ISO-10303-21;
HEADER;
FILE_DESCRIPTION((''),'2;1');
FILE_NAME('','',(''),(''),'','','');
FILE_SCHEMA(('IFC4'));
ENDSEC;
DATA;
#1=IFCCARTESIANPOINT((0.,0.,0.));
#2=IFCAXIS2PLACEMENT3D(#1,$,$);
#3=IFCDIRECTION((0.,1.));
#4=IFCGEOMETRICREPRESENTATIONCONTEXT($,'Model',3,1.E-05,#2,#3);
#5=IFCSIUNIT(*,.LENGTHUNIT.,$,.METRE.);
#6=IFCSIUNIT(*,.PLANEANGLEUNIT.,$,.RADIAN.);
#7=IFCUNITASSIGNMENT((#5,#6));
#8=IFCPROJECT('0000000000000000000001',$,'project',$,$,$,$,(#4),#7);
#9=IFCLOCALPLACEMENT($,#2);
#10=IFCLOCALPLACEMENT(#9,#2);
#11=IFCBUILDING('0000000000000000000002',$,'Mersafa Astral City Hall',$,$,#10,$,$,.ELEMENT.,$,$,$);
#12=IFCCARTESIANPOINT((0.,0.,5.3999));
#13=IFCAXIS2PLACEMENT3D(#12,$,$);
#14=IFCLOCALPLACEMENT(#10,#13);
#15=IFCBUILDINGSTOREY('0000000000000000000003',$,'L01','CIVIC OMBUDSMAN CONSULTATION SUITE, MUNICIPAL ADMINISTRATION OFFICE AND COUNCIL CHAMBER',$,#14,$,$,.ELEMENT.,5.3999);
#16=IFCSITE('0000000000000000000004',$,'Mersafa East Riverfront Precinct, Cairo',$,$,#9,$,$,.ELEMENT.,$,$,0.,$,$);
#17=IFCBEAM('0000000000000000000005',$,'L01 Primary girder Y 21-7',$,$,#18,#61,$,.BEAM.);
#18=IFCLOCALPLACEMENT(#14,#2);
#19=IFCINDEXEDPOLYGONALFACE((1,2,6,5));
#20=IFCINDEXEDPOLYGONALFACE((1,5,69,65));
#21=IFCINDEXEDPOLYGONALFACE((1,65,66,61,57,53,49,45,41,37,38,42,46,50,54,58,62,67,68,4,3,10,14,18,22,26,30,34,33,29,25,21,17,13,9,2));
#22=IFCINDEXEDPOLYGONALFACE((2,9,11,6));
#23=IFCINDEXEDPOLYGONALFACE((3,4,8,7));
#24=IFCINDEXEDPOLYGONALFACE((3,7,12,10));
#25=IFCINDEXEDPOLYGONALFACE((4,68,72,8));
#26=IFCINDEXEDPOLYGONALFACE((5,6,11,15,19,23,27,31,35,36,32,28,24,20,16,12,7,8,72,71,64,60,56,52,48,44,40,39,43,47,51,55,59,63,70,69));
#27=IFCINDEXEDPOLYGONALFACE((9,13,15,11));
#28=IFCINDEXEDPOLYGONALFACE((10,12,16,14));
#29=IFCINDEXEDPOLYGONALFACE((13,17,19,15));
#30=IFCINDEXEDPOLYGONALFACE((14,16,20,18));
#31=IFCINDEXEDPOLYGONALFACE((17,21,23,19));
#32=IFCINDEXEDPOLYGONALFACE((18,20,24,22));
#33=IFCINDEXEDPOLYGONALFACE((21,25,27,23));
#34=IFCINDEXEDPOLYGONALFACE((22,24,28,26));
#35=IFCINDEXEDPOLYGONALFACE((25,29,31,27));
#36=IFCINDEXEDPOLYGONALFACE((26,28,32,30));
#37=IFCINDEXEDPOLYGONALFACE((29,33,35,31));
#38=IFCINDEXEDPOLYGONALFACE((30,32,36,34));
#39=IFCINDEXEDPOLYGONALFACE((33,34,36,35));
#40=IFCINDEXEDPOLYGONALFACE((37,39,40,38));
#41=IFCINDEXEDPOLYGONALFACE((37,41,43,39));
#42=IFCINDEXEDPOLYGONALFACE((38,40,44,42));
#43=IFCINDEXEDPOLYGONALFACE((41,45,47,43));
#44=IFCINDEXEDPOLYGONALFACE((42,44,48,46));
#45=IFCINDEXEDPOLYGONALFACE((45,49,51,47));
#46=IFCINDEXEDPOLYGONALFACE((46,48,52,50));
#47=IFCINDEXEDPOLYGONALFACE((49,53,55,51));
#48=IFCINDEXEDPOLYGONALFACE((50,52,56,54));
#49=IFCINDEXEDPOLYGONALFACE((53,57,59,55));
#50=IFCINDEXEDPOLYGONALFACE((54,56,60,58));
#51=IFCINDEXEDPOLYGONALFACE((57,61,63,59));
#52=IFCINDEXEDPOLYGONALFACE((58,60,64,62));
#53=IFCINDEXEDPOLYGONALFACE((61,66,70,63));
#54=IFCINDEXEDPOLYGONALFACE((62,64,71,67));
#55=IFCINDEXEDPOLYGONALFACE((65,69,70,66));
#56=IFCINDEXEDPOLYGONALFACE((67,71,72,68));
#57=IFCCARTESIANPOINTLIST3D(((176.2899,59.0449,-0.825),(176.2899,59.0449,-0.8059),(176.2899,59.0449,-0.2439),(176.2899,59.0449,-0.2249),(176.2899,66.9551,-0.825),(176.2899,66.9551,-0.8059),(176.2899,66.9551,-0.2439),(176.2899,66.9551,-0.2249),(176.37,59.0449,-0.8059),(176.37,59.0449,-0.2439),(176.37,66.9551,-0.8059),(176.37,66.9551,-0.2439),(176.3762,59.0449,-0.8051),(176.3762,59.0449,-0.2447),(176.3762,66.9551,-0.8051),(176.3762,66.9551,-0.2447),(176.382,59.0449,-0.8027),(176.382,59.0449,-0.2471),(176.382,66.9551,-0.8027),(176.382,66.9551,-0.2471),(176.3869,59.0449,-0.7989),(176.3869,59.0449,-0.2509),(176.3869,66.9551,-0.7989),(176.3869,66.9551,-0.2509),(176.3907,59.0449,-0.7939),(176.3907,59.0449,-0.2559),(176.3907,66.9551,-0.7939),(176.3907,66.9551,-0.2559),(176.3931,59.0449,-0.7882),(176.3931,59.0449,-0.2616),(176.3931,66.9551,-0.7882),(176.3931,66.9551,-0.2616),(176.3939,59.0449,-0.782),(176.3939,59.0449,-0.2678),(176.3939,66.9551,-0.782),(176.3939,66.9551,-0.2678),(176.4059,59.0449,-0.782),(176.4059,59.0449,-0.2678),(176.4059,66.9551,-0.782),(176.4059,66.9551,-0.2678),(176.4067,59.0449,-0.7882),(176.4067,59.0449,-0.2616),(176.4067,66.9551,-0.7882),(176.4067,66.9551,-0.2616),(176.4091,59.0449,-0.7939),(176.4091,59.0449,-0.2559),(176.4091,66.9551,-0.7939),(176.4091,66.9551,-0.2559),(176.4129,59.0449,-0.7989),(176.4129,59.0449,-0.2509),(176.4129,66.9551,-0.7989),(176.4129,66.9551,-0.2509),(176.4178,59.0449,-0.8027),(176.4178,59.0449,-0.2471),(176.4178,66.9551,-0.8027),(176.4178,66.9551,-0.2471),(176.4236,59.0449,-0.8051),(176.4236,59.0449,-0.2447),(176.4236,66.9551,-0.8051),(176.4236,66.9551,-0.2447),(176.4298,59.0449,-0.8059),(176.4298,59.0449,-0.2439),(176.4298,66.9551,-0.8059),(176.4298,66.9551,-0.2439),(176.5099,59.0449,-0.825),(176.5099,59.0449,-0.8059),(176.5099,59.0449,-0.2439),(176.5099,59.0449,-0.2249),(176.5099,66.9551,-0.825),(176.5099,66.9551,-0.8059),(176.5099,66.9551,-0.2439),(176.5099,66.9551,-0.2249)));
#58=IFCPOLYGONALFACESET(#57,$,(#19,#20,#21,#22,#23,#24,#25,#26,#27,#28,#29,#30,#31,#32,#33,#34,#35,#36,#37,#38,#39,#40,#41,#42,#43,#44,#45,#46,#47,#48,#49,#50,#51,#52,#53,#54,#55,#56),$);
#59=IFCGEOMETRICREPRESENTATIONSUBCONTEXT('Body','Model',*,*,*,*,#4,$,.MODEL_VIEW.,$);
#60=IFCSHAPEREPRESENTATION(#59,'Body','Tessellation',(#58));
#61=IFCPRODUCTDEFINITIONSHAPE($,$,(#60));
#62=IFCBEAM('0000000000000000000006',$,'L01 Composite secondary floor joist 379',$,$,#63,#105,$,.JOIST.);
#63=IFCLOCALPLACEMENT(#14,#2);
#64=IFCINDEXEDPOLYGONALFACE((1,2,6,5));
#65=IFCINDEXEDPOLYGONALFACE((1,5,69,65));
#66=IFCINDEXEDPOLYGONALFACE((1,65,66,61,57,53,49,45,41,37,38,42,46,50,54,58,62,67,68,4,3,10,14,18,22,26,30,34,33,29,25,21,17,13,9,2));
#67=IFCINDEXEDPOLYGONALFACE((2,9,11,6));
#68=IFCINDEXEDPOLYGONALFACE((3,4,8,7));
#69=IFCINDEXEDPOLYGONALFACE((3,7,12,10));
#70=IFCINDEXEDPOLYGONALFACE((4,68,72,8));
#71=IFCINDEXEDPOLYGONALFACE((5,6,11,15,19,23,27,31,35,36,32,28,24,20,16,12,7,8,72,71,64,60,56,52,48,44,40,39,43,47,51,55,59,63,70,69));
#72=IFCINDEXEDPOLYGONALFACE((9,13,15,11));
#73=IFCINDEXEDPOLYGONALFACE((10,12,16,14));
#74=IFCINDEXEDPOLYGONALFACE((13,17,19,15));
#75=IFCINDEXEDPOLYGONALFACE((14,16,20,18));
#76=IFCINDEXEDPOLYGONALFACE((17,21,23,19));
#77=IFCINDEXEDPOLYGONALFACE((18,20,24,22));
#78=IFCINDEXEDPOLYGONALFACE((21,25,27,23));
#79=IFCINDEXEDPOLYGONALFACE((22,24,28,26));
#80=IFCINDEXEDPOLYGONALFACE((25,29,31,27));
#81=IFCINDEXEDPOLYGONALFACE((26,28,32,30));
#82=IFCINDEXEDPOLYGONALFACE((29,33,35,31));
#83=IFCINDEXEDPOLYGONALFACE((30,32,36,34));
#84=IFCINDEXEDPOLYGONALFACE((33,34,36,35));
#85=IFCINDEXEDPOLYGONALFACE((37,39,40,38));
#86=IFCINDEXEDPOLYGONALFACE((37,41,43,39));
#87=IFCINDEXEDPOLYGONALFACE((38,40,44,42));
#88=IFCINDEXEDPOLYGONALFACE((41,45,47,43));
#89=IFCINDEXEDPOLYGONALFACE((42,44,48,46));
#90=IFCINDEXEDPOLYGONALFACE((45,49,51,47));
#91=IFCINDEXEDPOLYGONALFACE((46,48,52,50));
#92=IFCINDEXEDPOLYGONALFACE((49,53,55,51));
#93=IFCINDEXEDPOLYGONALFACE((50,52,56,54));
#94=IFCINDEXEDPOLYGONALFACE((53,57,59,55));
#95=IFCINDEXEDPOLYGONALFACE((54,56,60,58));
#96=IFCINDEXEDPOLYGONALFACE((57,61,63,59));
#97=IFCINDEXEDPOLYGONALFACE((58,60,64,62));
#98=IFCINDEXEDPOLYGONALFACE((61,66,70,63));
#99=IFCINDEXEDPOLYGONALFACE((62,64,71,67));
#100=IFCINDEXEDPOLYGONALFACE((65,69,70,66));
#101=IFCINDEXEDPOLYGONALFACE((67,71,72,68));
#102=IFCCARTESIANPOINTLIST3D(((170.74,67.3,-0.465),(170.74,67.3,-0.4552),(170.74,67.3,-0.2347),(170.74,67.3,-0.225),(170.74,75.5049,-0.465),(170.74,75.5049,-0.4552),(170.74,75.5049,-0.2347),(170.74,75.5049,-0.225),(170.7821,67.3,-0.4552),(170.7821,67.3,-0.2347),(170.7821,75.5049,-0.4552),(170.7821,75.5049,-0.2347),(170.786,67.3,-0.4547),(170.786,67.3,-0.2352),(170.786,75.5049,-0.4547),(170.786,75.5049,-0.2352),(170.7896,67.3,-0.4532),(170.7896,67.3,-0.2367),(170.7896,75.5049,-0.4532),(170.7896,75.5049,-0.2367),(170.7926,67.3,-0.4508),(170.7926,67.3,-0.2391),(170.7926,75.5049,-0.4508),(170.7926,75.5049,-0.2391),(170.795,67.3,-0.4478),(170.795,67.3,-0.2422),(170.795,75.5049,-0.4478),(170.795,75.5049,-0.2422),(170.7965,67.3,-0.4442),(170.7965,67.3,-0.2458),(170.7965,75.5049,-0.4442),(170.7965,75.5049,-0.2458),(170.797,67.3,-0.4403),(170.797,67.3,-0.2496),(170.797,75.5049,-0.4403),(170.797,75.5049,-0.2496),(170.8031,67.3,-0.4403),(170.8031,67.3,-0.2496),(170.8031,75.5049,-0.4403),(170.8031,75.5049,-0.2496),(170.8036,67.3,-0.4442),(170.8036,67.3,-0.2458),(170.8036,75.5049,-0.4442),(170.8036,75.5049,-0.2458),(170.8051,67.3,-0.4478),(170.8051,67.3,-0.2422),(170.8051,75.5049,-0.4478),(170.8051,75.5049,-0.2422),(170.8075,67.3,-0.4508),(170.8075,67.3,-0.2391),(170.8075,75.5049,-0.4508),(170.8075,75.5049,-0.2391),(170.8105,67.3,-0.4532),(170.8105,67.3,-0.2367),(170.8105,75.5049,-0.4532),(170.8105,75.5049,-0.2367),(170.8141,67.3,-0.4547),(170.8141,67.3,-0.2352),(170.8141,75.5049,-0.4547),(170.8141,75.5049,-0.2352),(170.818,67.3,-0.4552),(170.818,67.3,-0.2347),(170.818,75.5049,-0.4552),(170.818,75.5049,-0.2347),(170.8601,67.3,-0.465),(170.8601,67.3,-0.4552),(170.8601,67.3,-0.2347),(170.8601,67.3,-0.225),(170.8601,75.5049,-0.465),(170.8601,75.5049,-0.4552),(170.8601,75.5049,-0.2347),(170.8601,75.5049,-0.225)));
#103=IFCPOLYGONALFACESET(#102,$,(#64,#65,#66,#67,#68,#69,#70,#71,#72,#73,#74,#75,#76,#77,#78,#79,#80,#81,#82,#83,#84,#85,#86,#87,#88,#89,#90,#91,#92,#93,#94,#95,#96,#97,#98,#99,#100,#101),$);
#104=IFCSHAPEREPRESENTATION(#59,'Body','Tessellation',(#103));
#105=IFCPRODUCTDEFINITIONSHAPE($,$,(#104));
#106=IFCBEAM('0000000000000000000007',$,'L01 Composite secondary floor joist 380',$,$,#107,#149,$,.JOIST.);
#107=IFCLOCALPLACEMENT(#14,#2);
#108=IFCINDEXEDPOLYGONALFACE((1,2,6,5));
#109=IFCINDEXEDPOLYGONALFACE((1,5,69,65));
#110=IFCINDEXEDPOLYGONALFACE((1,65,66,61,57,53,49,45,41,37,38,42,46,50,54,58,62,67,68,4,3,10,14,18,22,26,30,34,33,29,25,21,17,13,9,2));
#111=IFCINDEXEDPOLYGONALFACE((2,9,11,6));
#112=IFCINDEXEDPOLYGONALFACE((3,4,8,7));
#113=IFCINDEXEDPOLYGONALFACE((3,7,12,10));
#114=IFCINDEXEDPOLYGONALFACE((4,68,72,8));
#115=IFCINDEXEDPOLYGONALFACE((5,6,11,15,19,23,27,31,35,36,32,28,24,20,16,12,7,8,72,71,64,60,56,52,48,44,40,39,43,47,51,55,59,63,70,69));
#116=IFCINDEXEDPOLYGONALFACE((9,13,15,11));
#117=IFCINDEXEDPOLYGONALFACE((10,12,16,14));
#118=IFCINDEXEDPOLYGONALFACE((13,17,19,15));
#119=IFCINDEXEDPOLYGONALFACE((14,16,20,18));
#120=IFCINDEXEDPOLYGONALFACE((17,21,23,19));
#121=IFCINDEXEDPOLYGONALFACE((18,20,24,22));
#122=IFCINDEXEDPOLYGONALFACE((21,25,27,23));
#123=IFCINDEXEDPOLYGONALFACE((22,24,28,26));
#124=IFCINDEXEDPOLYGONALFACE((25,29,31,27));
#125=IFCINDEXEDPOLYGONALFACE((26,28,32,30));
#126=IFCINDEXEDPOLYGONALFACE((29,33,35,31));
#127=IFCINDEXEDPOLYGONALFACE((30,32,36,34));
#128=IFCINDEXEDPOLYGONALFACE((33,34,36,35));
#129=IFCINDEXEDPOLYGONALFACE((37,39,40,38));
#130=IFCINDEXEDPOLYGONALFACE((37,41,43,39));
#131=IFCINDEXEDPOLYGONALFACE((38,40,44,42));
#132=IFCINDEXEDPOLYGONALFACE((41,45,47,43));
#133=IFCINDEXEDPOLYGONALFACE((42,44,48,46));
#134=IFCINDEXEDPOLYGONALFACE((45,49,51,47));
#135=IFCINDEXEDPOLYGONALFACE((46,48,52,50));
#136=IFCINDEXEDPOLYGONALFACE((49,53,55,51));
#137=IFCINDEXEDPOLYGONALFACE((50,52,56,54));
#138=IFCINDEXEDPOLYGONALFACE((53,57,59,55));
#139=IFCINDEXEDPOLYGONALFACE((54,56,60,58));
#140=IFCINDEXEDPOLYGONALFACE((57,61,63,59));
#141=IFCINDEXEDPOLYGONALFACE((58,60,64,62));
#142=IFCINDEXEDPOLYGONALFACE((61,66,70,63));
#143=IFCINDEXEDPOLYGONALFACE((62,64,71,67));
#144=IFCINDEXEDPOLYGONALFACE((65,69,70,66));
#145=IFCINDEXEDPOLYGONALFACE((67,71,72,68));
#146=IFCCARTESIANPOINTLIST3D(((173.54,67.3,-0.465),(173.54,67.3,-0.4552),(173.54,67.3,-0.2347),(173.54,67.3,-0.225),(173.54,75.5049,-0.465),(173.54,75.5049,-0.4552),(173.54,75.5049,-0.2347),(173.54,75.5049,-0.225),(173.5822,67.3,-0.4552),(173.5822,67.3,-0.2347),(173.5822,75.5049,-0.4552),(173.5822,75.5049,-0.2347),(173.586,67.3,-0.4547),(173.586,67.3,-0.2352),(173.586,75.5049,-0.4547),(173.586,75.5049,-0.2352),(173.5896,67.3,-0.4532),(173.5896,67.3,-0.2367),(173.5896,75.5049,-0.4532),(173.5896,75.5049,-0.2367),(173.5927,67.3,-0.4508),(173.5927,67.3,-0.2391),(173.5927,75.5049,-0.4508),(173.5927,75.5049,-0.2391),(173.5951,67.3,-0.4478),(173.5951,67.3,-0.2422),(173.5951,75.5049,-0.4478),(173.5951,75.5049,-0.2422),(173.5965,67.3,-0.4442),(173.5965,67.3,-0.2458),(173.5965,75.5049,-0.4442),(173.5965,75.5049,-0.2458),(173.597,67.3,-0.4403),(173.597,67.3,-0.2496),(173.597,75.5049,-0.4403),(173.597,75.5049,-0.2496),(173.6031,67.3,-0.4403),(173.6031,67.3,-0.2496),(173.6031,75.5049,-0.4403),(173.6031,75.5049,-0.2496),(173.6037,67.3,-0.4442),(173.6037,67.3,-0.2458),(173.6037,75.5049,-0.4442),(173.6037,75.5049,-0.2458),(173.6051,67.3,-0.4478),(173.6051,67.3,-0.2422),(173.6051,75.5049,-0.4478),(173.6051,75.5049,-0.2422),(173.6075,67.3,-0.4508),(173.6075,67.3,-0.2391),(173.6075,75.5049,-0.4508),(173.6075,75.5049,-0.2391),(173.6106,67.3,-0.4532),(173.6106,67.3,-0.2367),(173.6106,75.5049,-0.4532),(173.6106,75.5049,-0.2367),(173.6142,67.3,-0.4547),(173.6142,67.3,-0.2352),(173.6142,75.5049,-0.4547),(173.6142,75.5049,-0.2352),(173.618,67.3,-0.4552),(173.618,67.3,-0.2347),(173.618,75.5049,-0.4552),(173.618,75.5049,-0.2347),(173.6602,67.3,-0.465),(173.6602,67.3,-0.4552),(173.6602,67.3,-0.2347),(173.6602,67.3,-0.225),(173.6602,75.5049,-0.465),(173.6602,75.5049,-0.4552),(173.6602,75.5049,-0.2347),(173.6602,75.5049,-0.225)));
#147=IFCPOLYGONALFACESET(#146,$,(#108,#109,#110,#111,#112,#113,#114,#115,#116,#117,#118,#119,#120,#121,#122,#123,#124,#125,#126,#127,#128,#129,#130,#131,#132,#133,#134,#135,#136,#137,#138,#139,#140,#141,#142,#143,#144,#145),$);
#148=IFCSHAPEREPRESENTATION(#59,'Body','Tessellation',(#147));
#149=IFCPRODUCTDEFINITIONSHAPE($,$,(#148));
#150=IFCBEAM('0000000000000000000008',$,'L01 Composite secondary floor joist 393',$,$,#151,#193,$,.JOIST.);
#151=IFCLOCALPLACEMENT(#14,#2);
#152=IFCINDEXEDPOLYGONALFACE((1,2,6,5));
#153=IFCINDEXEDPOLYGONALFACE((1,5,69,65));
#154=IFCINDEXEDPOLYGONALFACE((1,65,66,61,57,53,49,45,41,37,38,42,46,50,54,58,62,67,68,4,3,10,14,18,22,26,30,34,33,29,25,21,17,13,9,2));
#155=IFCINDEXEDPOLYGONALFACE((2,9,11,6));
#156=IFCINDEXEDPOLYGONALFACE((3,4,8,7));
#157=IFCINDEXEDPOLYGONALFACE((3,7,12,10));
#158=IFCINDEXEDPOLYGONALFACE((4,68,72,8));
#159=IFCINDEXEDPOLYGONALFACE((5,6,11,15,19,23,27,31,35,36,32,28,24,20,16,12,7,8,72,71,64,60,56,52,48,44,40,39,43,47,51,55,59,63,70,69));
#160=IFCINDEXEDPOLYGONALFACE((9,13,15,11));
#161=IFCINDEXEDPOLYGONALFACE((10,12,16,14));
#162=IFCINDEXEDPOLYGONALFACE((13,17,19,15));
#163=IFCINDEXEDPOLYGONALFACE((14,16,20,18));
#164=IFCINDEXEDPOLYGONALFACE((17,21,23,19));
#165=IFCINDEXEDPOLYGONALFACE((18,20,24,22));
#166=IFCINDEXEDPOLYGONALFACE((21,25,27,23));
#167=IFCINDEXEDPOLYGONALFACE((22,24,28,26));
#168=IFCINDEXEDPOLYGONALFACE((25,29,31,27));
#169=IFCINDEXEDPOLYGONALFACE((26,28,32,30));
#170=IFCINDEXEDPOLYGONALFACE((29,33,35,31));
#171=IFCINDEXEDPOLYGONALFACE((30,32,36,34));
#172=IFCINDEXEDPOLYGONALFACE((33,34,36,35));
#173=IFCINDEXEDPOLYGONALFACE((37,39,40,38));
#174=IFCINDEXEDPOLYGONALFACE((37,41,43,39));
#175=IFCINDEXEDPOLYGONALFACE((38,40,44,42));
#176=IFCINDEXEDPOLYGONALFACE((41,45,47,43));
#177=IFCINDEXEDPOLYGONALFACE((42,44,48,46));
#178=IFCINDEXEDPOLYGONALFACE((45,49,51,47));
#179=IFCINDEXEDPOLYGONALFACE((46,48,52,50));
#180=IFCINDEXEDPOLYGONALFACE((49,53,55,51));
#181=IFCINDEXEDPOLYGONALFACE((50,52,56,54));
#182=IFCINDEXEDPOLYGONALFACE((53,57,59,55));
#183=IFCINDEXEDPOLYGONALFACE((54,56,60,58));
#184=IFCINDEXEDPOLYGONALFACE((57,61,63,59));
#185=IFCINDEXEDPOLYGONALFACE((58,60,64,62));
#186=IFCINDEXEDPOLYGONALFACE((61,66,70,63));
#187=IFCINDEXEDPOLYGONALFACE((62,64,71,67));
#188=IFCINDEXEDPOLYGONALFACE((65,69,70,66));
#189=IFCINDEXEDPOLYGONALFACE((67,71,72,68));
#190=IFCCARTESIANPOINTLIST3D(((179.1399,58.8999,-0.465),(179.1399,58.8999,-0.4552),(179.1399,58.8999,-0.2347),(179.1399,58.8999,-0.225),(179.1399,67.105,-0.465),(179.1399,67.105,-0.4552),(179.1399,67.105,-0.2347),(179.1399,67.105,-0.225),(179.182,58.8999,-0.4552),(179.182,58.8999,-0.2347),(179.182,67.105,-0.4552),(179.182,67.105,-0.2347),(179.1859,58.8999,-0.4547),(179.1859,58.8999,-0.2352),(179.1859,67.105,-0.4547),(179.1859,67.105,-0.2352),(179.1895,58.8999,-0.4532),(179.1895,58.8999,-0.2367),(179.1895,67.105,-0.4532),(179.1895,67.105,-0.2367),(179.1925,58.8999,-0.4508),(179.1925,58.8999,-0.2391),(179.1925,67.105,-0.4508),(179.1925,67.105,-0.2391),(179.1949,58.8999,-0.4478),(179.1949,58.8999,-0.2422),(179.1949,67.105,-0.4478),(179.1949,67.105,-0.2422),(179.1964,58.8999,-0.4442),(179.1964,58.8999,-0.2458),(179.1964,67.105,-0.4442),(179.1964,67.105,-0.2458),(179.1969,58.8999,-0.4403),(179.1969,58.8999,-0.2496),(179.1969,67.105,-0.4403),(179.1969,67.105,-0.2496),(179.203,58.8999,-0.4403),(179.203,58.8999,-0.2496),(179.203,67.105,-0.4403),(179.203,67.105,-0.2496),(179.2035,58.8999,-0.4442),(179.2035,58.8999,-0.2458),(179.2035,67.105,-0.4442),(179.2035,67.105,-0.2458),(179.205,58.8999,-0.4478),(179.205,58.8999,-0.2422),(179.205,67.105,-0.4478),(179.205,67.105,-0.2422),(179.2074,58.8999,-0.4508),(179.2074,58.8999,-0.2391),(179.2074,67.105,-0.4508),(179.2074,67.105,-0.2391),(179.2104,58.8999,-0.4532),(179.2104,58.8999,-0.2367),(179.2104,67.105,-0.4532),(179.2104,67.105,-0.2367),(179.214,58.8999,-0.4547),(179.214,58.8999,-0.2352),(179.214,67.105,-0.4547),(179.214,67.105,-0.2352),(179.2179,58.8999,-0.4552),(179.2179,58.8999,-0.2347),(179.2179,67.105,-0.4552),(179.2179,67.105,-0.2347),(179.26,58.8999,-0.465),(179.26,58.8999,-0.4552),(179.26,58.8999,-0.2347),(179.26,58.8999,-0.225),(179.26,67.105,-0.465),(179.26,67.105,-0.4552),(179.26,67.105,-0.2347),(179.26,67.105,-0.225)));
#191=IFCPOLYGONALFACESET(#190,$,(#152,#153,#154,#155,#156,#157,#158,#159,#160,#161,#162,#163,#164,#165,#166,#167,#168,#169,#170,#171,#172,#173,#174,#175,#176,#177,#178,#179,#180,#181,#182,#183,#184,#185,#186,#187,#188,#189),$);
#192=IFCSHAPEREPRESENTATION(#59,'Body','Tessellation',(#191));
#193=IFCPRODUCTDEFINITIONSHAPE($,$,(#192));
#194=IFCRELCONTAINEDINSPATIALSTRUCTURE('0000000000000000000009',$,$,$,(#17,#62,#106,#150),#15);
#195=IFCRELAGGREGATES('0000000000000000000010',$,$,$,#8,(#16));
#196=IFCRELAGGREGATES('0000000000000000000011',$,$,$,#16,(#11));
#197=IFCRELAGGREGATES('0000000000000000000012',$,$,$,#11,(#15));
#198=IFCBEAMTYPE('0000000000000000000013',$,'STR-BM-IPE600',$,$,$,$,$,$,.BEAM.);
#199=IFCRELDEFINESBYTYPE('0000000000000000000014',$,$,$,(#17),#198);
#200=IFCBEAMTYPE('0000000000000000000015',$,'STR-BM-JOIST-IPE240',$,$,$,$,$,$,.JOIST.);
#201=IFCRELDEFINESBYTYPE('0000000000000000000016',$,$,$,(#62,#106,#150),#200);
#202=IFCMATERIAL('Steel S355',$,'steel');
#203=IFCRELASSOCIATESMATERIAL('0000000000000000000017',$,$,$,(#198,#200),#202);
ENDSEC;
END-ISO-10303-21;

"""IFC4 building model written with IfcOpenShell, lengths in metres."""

from ifc_helpers import new_model, si_unit, direction, frame, origin, origin_2d, place, context, subcontext, project, spatial, i_section, extrude, material, material_profile, profile_set, type_object, element, save


model = new_model("IFC4")

# Units and contexts
model_context = context("Model", 3, precision=1e-05, world=origin(), true_north=direction((0.0, 1.0)))
body_context = subcontext(model_context, "Body", "Model", "MODEL_VIEW")
ifc_project = project(units=[si_unit("LENGTHUNIT", "METRE"), si_unit("PLANEANGLEUNIT", "RADIAN")], contexts=[model_context])

# Site, building, storey
site_placement = place(None, origin())
site = spatial("IfcSite", under=ifc_project, at=site_placement, Name="Mersafa East Riverfront Precinct, Cairo", CompositionType="ELEMENT", RefElevation=0.0)
building_placement = place(site_placement, origin())
building = spatial("IfcBuilding", under=site, at=building_placement, Name="Mersafa Astral City Hall", CompositionType="ELEMENT")
storey_placement = place(building_placement, frame((0.0, 0.0, 5.3999)))
storey = spatial("IfcBuildingStorey", under=building, at=storey_placement, Name="L01", Description="CIVIC OMBUDSMAN CONSULTATION SUITE, MUNICIPAL ADMINISTRATION OFFICE AND COUNCIL CHAMBER", CompositionType="ELEMENT", Elevation=5.3999)

# Shared definitions
ifc_material_1 = material(Name="Steel S355", Category="steel")

# Beams
ifc_material_profile_1 = material_profile(ifc_material_1, i_section(OverallWidth=0.22, OverallDepth=0.6001, WebThickness=0.012, FlangeThickness=0.019, FilletRadius=0.0239, at=origin_2d()), Name="IPE 600")
ifc_profile_set_1 = profile_set([ifc_material_profile_1], Name="Steel S355")
beam_type_1 = type_object("IfcBeamType", Name="STR-BM-IPE600", PredefinedType="BEAM", material=ifc_profile_set_1)
beam_1_placement = place(storey_placement, frame((176.3999, 59.0449, -0.5249), z_axis=(0.0, 1.0, 0.0), x_axis=(-1.0, 0.0, 0.0)))
element("IfcBeam", 1, at=beam_1_placement, inside=storey, type_object=beam_type_1, Name="L01 Primary girder Y 21-7", PredefinedType="BEAM", context=body_context, shape_type="SweptSolid", body=[
    extrude(i_section(OverallWidth=0.22, OverallDepth=0.6001, WebThickness=0.012, FlangeThickness=0.019, FilletRadius=0.0239, at=origin_2d()), origin(), (0.0, 0.0, 1.0), 7.9102),
])
ifc_material_profile_2 = material_profile(ifc_material_1, i_section(OverallWidth=0.1201, OverallDepth=0.24, WebThickness=0.0061, FlangeThickness=0.0098, FilletRadius=0.0149, at=origin_2d()), Name="IPE 240")
ifc_profile_set_2 = profile_set([ifc_material_profile_2], Name="Steel S355")
beam_type_2 = type_object("IfcBeamType", Name="STR-BM-JOIST-IPE240", PredefinedType="JOIST", material=ifc_profile_set_2)
for number, where, z_axis, x_axis, name in (
    (2, (170.8, 67.3, -0.345), (0.0, 1.0, 0.0), (-1.0, 0.0, 0.0), "L01 Composite secondary floor joist 379"),
    (3, (173.6001, 67.3, -0.345), (0.0, 1.0, 0.0), (-1.0, 0.0, 0.0), "L01 Composite secondary floor joist 380"),
):
    element("IfcBeam", number, at=place(storey_placement, frame(where, z_axis=z_axis, x_axis=x_axis)), inside=storey, type_object=beam_type_2, Name=name, PredefinedType="JOIST", context=body_context, shape_type="SweptSolid", body=[
        extrude(i_section(OverallWidth=0.1201, OverallDepth=0.24, WebThickness=0.0061, FlangeThickness=0.0098, FilletRadius=0.0149, at=origin_2d()), origin(), (0.0, 0.0, 1.0), 8.2048),
    ])
beam_2_placement = place(storey_placement, frame((179.2, 58.8999, -0.345), z_axis=(0.0, 1.0, 0.0), x_axis=(-1.0, 0.0, 0.0)))
element("IfcBeam", 4, at=beam_2_placement, inside=storey, type_object=beam_type_2, Name="L01 Composite secondary floor joist 393", PredefinedType="JOIST", context=body_context, shape_type="SweptSolid", body=[
    extrude(i_section(OverallWidth=0.1201, OverallDepth=0.24, WebThickness=0.0061, FlangeThickness=0.0098, FilletRadius=0.0149, at=origin_2d()), origin(), (0.0, 0.0, 1.0), 8.2051),
])

save(model, "model.ifc")
